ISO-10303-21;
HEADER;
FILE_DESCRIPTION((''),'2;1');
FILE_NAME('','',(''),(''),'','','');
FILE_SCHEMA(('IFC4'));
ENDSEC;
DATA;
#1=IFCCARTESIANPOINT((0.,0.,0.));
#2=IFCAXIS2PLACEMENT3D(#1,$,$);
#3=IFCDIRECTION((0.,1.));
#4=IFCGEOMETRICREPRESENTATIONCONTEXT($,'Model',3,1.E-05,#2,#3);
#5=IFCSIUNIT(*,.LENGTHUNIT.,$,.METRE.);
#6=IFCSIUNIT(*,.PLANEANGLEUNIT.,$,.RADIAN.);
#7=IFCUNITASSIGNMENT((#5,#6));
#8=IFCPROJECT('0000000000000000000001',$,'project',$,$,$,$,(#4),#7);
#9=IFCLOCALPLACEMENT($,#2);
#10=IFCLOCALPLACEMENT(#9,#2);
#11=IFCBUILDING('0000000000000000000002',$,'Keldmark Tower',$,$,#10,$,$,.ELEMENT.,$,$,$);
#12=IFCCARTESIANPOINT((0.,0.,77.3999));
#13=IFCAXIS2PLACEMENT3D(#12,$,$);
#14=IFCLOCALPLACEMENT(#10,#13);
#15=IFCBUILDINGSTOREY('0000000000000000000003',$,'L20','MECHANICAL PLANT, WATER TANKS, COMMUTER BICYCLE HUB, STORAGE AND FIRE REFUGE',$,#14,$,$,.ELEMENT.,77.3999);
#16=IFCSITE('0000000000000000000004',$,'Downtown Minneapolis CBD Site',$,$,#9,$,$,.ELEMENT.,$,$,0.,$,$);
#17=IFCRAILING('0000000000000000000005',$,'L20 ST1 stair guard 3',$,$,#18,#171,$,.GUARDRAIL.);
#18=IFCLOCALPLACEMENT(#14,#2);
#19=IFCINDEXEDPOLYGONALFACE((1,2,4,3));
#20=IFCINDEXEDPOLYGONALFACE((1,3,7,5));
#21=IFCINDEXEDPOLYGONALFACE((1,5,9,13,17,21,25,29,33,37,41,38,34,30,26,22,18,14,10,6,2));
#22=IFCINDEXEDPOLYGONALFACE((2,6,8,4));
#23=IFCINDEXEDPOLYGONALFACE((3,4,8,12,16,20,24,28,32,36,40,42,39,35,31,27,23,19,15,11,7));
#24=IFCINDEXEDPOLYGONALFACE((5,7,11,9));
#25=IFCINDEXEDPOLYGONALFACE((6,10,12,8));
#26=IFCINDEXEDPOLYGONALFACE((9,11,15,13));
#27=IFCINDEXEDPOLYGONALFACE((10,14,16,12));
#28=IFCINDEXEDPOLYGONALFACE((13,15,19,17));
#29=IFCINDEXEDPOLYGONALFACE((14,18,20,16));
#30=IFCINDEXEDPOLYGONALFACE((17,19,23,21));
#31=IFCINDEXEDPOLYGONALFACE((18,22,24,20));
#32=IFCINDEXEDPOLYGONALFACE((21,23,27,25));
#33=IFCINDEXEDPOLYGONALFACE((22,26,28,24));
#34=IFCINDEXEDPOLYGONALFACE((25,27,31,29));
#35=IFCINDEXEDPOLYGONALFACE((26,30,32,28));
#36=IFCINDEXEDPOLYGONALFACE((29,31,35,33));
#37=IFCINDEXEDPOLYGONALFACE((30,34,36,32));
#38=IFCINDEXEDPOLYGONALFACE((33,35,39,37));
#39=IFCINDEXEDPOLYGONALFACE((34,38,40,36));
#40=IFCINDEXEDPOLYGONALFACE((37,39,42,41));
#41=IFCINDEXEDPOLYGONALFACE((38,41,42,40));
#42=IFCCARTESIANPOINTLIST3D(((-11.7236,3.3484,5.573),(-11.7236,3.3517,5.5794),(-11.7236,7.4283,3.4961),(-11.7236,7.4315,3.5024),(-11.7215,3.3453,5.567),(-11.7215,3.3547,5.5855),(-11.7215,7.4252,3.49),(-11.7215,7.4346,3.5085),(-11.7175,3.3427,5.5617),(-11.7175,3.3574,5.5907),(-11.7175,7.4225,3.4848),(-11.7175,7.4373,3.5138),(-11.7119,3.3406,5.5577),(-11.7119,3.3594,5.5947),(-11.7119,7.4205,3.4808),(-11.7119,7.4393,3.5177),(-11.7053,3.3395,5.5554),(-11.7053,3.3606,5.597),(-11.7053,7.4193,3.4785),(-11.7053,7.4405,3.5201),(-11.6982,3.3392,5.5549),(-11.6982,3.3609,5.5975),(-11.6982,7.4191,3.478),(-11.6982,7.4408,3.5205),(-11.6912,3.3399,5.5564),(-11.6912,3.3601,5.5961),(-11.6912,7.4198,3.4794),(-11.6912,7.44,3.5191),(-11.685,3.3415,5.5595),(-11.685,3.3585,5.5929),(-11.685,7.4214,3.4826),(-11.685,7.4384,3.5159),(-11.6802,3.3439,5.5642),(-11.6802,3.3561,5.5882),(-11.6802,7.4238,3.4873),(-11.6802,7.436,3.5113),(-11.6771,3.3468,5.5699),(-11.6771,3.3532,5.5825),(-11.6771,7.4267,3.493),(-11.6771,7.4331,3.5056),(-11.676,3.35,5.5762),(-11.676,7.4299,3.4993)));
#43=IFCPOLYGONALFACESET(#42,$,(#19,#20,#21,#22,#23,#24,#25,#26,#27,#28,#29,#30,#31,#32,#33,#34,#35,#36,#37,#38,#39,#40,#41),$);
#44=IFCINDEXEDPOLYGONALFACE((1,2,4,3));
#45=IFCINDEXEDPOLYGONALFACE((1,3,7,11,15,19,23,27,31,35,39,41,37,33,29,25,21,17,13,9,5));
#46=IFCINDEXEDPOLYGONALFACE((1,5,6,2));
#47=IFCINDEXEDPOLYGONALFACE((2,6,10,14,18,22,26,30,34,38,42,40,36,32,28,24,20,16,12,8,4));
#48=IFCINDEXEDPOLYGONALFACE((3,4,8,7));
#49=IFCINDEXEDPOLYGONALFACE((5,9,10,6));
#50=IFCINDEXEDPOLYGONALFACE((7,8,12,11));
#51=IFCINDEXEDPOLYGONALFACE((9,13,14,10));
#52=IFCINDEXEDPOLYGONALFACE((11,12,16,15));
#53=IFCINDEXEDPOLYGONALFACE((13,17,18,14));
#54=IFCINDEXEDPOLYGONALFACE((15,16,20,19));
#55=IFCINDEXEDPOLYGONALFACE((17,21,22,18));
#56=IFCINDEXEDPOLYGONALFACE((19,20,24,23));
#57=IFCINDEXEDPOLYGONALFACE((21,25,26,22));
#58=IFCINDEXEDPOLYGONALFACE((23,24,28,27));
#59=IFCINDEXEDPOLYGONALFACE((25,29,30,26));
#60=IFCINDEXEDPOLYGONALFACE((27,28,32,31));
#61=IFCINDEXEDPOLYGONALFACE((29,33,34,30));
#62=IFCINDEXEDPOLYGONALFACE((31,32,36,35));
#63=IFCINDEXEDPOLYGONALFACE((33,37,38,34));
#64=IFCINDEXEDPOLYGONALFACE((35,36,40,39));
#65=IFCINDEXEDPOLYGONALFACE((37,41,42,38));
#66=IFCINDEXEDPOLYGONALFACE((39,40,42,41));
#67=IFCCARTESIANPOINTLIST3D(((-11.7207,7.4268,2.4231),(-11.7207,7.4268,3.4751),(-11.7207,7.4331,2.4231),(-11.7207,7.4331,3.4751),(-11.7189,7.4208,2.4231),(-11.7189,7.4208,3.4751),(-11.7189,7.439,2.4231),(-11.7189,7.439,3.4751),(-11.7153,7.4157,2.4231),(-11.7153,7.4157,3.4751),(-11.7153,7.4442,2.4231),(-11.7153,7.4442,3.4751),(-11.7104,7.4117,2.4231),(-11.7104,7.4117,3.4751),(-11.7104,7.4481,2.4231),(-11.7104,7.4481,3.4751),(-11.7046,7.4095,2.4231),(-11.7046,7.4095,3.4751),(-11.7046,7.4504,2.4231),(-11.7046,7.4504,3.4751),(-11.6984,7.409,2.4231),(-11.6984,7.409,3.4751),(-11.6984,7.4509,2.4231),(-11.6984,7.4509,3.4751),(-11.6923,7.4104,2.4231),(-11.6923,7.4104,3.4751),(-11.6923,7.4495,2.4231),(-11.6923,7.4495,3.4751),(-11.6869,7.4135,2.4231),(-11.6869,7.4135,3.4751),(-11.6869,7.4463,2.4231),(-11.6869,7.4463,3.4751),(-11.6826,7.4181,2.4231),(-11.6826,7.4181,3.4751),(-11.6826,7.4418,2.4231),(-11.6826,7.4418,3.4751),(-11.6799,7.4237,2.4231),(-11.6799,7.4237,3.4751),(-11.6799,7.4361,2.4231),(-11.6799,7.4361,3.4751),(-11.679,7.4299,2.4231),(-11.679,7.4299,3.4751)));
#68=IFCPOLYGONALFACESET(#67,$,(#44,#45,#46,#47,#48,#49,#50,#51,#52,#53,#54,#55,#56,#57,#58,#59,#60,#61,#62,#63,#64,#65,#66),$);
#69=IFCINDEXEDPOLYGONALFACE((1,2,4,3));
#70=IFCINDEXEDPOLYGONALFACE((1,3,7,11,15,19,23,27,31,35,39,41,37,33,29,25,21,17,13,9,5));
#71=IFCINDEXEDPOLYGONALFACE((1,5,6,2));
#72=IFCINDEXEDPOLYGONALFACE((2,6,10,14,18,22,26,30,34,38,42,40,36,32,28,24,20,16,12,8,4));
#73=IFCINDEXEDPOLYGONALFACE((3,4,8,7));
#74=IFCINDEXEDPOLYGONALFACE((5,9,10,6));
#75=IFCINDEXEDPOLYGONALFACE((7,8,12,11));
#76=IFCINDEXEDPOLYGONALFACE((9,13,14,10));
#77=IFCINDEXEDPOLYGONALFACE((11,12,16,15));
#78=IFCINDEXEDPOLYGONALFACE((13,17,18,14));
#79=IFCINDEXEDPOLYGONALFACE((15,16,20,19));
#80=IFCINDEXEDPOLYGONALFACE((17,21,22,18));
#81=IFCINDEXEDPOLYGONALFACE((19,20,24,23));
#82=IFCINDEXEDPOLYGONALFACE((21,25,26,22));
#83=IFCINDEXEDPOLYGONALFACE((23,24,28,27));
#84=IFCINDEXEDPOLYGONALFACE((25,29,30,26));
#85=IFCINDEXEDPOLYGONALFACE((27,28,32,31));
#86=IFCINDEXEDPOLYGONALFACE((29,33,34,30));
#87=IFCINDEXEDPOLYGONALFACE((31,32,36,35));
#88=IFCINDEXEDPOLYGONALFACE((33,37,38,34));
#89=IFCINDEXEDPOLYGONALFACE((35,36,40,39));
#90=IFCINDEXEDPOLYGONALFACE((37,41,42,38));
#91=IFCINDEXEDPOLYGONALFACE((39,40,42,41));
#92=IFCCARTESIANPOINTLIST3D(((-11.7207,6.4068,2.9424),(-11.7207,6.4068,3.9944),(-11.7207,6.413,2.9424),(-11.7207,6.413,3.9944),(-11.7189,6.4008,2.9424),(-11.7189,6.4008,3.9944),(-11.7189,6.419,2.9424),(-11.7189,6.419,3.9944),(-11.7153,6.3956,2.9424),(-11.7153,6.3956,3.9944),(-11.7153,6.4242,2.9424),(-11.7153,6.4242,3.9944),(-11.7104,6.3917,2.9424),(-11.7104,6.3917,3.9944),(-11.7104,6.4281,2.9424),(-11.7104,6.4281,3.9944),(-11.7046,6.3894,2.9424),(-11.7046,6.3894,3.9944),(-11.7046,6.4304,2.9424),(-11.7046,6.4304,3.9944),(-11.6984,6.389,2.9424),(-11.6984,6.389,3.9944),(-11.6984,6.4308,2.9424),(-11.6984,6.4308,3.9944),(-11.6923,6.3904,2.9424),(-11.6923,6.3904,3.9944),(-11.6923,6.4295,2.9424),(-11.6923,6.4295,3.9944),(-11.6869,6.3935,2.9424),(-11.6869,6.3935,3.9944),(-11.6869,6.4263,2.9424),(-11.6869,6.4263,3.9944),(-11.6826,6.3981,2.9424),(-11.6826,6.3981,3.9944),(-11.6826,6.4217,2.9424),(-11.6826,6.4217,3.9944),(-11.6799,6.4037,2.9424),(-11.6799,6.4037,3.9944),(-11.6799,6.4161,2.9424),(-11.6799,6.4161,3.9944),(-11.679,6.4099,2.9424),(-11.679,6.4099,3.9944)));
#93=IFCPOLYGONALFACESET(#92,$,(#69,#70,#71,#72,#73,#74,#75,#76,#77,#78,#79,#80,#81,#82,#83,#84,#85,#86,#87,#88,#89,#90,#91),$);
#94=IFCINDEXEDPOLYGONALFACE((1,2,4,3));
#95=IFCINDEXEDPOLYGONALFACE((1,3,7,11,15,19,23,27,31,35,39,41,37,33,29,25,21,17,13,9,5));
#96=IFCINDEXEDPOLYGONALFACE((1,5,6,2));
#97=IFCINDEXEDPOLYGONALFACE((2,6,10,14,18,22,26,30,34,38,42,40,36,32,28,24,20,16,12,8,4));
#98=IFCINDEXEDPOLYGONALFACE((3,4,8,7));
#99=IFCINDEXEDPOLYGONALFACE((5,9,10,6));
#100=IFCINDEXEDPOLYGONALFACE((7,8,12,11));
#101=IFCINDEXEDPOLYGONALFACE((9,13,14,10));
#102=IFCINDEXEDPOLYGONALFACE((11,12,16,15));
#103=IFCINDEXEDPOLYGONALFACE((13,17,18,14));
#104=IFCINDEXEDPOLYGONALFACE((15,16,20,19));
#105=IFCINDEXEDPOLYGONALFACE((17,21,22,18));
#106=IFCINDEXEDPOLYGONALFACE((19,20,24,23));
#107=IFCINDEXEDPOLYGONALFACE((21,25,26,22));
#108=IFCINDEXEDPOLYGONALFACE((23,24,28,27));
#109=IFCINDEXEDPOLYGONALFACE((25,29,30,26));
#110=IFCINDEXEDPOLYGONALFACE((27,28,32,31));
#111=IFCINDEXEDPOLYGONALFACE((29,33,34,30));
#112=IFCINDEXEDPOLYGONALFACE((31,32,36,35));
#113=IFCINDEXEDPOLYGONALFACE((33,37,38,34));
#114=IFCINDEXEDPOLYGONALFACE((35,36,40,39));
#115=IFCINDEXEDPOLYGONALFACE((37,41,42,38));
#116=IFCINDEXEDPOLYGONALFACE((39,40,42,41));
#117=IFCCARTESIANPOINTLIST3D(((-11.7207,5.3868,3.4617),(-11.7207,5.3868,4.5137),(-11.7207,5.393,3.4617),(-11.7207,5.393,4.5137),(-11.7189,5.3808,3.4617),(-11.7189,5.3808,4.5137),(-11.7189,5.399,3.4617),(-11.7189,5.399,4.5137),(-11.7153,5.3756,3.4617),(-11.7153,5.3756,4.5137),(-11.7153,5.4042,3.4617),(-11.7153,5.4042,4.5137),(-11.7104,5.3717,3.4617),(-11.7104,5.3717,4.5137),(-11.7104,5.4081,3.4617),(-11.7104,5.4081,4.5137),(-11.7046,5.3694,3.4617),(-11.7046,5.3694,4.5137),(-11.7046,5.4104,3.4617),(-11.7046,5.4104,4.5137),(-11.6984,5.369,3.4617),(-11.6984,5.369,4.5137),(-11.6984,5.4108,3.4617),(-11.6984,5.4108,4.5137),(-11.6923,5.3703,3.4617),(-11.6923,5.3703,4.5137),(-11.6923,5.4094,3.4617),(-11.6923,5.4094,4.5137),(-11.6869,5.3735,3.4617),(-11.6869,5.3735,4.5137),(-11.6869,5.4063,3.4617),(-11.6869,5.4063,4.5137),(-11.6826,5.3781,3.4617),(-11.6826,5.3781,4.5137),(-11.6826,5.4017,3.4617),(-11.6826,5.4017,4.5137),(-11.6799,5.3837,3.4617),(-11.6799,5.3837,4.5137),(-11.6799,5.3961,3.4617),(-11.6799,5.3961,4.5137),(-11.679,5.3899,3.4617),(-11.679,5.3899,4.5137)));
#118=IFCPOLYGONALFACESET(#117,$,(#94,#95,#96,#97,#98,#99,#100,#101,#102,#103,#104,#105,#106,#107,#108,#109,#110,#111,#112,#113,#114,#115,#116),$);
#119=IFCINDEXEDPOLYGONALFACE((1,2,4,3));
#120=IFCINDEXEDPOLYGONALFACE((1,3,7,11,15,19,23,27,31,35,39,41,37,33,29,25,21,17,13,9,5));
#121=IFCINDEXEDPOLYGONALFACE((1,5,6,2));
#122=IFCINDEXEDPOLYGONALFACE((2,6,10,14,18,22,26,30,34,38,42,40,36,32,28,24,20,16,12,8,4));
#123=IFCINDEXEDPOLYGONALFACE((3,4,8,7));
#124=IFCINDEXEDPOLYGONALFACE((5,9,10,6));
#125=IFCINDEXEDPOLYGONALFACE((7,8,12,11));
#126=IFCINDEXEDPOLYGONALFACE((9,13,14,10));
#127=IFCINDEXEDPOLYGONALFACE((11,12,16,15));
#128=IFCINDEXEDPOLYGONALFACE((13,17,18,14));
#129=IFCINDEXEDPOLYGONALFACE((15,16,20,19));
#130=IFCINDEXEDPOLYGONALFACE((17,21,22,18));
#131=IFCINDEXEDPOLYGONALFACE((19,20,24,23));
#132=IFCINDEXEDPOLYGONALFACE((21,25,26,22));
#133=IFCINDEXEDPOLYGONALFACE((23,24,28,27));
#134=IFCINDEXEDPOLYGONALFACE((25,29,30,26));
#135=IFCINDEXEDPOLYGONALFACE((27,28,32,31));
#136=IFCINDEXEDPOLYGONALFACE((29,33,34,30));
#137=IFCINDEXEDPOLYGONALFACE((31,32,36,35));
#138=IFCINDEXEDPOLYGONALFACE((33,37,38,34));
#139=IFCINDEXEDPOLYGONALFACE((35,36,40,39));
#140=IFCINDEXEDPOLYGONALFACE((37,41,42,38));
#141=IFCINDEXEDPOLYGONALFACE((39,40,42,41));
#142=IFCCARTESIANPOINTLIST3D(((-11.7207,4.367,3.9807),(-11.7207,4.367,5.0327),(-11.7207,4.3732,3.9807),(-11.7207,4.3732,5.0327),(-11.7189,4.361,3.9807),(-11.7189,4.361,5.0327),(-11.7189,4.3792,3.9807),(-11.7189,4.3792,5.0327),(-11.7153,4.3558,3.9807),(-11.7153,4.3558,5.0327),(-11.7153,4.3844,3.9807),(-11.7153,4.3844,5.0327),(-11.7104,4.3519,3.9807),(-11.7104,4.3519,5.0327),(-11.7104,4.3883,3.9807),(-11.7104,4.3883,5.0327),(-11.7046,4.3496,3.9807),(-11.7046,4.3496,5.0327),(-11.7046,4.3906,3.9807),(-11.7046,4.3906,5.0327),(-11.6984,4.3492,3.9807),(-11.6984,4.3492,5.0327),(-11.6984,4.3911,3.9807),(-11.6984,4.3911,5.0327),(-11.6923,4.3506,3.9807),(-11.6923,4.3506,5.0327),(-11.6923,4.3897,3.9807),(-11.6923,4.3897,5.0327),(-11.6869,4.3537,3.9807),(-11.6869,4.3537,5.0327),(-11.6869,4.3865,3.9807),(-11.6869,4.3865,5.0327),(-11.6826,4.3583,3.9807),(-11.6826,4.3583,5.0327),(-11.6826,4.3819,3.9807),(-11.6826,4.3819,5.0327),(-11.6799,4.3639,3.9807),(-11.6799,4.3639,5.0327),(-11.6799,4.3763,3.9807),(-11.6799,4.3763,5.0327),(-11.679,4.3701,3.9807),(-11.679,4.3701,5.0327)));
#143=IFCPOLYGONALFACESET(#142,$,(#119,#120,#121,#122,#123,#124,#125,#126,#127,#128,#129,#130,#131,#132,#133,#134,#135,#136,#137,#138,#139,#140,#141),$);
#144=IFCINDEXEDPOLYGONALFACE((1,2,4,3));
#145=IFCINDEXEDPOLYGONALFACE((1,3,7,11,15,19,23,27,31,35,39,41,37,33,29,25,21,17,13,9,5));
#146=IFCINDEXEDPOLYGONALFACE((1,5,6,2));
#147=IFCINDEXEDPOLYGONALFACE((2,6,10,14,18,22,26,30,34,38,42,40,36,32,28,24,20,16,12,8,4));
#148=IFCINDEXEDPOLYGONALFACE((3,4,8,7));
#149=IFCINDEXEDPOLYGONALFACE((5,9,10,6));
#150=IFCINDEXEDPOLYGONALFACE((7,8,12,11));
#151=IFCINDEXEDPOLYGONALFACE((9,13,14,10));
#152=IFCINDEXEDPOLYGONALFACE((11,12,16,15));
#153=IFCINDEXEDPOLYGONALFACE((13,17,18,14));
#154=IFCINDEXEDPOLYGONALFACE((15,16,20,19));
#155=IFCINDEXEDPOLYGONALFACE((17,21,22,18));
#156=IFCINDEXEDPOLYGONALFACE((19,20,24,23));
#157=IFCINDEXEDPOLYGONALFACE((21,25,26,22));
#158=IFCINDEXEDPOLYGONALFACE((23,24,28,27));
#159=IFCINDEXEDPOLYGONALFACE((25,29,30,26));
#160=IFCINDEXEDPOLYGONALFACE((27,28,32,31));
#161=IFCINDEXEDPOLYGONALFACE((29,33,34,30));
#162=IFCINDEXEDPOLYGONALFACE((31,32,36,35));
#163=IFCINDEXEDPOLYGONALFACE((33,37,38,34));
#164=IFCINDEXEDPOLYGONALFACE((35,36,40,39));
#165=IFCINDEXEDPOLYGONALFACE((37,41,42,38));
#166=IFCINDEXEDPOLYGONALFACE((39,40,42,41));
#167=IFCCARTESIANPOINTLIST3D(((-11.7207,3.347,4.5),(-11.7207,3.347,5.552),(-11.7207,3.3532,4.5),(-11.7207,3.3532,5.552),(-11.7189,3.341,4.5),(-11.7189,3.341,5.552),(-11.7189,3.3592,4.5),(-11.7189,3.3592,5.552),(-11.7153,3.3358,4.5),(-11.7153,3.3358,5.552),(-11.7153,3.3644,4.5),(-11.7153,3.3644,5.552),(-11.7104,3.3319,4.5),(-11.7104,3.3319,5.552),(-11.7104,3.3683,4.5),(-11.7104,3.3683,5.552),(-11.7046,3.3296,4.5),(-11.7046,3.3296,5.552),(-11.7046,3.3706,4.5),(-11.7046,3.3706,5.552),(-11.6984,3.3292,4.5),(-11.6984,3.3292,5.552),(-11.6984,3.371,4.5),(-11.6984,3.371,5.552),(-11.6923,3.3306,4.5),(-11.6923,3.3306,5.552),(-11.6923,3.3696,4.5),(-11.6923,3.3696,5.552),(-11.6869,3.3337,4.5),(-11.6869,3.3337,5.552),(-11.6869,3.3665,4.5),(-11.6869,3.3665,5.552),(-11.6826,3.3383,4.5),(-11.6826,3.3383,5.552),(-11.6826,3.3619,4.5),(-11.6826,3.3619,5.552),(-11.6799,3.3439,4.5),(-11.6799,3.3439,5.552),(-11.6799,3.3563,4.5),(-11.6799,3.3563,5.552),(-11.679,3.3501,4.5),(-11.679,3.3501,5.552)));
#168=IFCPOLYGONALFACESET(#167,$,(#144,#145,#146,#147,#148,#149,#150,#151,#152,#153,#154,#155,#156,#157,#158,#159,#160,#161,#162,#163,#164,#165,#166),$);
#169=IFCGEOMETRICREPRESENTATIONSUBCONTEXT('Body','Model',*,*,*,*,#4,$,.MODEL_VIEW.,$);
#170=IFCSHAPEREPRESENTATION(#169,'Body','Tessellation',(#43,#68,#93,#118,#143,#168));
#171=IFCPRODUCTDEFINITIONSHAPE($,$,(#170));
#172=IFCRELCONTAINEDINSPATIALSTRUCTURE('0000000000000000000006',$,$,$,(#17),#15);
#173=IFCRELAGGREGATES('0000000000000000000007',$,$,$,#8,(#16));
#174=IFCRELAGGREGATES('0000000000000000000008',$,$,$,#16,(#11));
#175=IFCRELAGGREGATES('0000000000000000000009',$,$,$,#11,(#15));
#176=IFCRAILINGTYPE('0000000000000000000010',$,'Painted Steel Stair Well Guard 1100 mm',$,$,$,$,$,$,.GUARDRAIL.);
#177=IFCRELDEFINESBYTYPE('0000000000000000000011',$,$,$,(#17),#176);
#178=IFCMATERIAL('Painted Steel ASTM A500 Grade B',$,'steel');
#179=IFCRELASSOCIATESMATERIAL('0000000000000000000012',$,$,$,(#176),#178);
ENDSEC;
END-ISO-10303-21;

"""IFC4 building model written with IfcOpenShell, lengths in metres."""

from ifc_helpers import new_model, si_unit, direction, frame, origin, origin_2d, place, context, subcontext, project, spatial, circle, extrude, material, type_object, element, save


model = new_model("IFC4")

# Units and contexts
model_context = context("Model", 3, precision=1e-05, world=origin(), true_north=direction((0.0, 1.0)))
body_context = subcontext(model_context, "Body", "Model", "MODEL_VIEW")
ifc_project = project(units=[si_unit("LENGTHUNIT", "METRE"), si_unit("PLANEANGLEUNIT", "RADIAN")], contexts=[model_context])

# Site, building, storey
site_placement = place(None, origin())
site = spatial("IfcSite", under=ifc_project, at=site_placement, Name="Downtown Minneapolis CBD Site", CompositionType="ELEMENT", RefElevation=0.0)
building_placement = place(site_placement, origin())
building = spatial("IfcBuilding", under=site, at=building_placement, Name="Keldmark Tower", CompositionType="ELEMENT")
storey_placement = place(building_placement, frame((0.0, 0.0, 77.3999)))
storey = spatial("IfcBuildingStorey", under=building, at=storey_placement, Name="L20", Description="MECHANICAL PLANT, WATER TANKS, COMMUTER BICYCLE HUB, STORAGE AND FIRE REFUGE", CompositionType="ELEMENT", Elevation=77.3999)

# Railing
ifc_material_1 = material(Name="Painted Steel ASTM A500 Grade B", Category="steel")
railing_type_1 = type_object("IfcRailingType", Name="Painted Steel Stair Well Guard 1100 mm", PredefinedType="GUARDRAIL", material=ifc_material_1)
railing_1_placement = place(storey_placement, frame((-11.7, 7.4299, 2.4231)))
element("IfcRailing", 1, at=railing_1_placement, inside=storey, type_object=railing_type_1, Name="L20 ST1 stair guard 3", PredefinedType="GUARDRAIL", context=body_context, shape_type="SweptSolid", body=[
    extrude(circle(Radius=0.0239, at=origin_2d()), frame((0.0, 0.0, 1.0762), z_axis=(0.0, -0.891172, 0.453665), x_axis=(1.0, 0.0, 0.0)), (0.0, 0.0, 1.0), 4.5781),
    extrude(circle(Radius=0.021, at=origin_2d()), origin(), (0.0, 0.0, 1.0), 1.052),
    extrude(circle(Radius=0.021, at=origin_2d()), frame((0.0, -1.02, 0.5193)), (0.0, 0.0, 1.0), 1.052),
    extrude(circle(Radius=0.021, at=origin_2d()), frame((0.0, -2.04, 1.0386)), (0.0, 0.0, 1.0), 1.052),
    extrude(circle(Radius=0.021, at=origin_2d()), frame((0.0, -3.0598, 1.5576)), (0.0, 0.0, 1.0), 1.052),
    extrude(circle(Radius=0.021, at=origin_2d()), frame((0.0, -4.0798, 2.0769)), (0.0, 0.0, 1.0), 1.052),
])

save(model, "model.ifc")
